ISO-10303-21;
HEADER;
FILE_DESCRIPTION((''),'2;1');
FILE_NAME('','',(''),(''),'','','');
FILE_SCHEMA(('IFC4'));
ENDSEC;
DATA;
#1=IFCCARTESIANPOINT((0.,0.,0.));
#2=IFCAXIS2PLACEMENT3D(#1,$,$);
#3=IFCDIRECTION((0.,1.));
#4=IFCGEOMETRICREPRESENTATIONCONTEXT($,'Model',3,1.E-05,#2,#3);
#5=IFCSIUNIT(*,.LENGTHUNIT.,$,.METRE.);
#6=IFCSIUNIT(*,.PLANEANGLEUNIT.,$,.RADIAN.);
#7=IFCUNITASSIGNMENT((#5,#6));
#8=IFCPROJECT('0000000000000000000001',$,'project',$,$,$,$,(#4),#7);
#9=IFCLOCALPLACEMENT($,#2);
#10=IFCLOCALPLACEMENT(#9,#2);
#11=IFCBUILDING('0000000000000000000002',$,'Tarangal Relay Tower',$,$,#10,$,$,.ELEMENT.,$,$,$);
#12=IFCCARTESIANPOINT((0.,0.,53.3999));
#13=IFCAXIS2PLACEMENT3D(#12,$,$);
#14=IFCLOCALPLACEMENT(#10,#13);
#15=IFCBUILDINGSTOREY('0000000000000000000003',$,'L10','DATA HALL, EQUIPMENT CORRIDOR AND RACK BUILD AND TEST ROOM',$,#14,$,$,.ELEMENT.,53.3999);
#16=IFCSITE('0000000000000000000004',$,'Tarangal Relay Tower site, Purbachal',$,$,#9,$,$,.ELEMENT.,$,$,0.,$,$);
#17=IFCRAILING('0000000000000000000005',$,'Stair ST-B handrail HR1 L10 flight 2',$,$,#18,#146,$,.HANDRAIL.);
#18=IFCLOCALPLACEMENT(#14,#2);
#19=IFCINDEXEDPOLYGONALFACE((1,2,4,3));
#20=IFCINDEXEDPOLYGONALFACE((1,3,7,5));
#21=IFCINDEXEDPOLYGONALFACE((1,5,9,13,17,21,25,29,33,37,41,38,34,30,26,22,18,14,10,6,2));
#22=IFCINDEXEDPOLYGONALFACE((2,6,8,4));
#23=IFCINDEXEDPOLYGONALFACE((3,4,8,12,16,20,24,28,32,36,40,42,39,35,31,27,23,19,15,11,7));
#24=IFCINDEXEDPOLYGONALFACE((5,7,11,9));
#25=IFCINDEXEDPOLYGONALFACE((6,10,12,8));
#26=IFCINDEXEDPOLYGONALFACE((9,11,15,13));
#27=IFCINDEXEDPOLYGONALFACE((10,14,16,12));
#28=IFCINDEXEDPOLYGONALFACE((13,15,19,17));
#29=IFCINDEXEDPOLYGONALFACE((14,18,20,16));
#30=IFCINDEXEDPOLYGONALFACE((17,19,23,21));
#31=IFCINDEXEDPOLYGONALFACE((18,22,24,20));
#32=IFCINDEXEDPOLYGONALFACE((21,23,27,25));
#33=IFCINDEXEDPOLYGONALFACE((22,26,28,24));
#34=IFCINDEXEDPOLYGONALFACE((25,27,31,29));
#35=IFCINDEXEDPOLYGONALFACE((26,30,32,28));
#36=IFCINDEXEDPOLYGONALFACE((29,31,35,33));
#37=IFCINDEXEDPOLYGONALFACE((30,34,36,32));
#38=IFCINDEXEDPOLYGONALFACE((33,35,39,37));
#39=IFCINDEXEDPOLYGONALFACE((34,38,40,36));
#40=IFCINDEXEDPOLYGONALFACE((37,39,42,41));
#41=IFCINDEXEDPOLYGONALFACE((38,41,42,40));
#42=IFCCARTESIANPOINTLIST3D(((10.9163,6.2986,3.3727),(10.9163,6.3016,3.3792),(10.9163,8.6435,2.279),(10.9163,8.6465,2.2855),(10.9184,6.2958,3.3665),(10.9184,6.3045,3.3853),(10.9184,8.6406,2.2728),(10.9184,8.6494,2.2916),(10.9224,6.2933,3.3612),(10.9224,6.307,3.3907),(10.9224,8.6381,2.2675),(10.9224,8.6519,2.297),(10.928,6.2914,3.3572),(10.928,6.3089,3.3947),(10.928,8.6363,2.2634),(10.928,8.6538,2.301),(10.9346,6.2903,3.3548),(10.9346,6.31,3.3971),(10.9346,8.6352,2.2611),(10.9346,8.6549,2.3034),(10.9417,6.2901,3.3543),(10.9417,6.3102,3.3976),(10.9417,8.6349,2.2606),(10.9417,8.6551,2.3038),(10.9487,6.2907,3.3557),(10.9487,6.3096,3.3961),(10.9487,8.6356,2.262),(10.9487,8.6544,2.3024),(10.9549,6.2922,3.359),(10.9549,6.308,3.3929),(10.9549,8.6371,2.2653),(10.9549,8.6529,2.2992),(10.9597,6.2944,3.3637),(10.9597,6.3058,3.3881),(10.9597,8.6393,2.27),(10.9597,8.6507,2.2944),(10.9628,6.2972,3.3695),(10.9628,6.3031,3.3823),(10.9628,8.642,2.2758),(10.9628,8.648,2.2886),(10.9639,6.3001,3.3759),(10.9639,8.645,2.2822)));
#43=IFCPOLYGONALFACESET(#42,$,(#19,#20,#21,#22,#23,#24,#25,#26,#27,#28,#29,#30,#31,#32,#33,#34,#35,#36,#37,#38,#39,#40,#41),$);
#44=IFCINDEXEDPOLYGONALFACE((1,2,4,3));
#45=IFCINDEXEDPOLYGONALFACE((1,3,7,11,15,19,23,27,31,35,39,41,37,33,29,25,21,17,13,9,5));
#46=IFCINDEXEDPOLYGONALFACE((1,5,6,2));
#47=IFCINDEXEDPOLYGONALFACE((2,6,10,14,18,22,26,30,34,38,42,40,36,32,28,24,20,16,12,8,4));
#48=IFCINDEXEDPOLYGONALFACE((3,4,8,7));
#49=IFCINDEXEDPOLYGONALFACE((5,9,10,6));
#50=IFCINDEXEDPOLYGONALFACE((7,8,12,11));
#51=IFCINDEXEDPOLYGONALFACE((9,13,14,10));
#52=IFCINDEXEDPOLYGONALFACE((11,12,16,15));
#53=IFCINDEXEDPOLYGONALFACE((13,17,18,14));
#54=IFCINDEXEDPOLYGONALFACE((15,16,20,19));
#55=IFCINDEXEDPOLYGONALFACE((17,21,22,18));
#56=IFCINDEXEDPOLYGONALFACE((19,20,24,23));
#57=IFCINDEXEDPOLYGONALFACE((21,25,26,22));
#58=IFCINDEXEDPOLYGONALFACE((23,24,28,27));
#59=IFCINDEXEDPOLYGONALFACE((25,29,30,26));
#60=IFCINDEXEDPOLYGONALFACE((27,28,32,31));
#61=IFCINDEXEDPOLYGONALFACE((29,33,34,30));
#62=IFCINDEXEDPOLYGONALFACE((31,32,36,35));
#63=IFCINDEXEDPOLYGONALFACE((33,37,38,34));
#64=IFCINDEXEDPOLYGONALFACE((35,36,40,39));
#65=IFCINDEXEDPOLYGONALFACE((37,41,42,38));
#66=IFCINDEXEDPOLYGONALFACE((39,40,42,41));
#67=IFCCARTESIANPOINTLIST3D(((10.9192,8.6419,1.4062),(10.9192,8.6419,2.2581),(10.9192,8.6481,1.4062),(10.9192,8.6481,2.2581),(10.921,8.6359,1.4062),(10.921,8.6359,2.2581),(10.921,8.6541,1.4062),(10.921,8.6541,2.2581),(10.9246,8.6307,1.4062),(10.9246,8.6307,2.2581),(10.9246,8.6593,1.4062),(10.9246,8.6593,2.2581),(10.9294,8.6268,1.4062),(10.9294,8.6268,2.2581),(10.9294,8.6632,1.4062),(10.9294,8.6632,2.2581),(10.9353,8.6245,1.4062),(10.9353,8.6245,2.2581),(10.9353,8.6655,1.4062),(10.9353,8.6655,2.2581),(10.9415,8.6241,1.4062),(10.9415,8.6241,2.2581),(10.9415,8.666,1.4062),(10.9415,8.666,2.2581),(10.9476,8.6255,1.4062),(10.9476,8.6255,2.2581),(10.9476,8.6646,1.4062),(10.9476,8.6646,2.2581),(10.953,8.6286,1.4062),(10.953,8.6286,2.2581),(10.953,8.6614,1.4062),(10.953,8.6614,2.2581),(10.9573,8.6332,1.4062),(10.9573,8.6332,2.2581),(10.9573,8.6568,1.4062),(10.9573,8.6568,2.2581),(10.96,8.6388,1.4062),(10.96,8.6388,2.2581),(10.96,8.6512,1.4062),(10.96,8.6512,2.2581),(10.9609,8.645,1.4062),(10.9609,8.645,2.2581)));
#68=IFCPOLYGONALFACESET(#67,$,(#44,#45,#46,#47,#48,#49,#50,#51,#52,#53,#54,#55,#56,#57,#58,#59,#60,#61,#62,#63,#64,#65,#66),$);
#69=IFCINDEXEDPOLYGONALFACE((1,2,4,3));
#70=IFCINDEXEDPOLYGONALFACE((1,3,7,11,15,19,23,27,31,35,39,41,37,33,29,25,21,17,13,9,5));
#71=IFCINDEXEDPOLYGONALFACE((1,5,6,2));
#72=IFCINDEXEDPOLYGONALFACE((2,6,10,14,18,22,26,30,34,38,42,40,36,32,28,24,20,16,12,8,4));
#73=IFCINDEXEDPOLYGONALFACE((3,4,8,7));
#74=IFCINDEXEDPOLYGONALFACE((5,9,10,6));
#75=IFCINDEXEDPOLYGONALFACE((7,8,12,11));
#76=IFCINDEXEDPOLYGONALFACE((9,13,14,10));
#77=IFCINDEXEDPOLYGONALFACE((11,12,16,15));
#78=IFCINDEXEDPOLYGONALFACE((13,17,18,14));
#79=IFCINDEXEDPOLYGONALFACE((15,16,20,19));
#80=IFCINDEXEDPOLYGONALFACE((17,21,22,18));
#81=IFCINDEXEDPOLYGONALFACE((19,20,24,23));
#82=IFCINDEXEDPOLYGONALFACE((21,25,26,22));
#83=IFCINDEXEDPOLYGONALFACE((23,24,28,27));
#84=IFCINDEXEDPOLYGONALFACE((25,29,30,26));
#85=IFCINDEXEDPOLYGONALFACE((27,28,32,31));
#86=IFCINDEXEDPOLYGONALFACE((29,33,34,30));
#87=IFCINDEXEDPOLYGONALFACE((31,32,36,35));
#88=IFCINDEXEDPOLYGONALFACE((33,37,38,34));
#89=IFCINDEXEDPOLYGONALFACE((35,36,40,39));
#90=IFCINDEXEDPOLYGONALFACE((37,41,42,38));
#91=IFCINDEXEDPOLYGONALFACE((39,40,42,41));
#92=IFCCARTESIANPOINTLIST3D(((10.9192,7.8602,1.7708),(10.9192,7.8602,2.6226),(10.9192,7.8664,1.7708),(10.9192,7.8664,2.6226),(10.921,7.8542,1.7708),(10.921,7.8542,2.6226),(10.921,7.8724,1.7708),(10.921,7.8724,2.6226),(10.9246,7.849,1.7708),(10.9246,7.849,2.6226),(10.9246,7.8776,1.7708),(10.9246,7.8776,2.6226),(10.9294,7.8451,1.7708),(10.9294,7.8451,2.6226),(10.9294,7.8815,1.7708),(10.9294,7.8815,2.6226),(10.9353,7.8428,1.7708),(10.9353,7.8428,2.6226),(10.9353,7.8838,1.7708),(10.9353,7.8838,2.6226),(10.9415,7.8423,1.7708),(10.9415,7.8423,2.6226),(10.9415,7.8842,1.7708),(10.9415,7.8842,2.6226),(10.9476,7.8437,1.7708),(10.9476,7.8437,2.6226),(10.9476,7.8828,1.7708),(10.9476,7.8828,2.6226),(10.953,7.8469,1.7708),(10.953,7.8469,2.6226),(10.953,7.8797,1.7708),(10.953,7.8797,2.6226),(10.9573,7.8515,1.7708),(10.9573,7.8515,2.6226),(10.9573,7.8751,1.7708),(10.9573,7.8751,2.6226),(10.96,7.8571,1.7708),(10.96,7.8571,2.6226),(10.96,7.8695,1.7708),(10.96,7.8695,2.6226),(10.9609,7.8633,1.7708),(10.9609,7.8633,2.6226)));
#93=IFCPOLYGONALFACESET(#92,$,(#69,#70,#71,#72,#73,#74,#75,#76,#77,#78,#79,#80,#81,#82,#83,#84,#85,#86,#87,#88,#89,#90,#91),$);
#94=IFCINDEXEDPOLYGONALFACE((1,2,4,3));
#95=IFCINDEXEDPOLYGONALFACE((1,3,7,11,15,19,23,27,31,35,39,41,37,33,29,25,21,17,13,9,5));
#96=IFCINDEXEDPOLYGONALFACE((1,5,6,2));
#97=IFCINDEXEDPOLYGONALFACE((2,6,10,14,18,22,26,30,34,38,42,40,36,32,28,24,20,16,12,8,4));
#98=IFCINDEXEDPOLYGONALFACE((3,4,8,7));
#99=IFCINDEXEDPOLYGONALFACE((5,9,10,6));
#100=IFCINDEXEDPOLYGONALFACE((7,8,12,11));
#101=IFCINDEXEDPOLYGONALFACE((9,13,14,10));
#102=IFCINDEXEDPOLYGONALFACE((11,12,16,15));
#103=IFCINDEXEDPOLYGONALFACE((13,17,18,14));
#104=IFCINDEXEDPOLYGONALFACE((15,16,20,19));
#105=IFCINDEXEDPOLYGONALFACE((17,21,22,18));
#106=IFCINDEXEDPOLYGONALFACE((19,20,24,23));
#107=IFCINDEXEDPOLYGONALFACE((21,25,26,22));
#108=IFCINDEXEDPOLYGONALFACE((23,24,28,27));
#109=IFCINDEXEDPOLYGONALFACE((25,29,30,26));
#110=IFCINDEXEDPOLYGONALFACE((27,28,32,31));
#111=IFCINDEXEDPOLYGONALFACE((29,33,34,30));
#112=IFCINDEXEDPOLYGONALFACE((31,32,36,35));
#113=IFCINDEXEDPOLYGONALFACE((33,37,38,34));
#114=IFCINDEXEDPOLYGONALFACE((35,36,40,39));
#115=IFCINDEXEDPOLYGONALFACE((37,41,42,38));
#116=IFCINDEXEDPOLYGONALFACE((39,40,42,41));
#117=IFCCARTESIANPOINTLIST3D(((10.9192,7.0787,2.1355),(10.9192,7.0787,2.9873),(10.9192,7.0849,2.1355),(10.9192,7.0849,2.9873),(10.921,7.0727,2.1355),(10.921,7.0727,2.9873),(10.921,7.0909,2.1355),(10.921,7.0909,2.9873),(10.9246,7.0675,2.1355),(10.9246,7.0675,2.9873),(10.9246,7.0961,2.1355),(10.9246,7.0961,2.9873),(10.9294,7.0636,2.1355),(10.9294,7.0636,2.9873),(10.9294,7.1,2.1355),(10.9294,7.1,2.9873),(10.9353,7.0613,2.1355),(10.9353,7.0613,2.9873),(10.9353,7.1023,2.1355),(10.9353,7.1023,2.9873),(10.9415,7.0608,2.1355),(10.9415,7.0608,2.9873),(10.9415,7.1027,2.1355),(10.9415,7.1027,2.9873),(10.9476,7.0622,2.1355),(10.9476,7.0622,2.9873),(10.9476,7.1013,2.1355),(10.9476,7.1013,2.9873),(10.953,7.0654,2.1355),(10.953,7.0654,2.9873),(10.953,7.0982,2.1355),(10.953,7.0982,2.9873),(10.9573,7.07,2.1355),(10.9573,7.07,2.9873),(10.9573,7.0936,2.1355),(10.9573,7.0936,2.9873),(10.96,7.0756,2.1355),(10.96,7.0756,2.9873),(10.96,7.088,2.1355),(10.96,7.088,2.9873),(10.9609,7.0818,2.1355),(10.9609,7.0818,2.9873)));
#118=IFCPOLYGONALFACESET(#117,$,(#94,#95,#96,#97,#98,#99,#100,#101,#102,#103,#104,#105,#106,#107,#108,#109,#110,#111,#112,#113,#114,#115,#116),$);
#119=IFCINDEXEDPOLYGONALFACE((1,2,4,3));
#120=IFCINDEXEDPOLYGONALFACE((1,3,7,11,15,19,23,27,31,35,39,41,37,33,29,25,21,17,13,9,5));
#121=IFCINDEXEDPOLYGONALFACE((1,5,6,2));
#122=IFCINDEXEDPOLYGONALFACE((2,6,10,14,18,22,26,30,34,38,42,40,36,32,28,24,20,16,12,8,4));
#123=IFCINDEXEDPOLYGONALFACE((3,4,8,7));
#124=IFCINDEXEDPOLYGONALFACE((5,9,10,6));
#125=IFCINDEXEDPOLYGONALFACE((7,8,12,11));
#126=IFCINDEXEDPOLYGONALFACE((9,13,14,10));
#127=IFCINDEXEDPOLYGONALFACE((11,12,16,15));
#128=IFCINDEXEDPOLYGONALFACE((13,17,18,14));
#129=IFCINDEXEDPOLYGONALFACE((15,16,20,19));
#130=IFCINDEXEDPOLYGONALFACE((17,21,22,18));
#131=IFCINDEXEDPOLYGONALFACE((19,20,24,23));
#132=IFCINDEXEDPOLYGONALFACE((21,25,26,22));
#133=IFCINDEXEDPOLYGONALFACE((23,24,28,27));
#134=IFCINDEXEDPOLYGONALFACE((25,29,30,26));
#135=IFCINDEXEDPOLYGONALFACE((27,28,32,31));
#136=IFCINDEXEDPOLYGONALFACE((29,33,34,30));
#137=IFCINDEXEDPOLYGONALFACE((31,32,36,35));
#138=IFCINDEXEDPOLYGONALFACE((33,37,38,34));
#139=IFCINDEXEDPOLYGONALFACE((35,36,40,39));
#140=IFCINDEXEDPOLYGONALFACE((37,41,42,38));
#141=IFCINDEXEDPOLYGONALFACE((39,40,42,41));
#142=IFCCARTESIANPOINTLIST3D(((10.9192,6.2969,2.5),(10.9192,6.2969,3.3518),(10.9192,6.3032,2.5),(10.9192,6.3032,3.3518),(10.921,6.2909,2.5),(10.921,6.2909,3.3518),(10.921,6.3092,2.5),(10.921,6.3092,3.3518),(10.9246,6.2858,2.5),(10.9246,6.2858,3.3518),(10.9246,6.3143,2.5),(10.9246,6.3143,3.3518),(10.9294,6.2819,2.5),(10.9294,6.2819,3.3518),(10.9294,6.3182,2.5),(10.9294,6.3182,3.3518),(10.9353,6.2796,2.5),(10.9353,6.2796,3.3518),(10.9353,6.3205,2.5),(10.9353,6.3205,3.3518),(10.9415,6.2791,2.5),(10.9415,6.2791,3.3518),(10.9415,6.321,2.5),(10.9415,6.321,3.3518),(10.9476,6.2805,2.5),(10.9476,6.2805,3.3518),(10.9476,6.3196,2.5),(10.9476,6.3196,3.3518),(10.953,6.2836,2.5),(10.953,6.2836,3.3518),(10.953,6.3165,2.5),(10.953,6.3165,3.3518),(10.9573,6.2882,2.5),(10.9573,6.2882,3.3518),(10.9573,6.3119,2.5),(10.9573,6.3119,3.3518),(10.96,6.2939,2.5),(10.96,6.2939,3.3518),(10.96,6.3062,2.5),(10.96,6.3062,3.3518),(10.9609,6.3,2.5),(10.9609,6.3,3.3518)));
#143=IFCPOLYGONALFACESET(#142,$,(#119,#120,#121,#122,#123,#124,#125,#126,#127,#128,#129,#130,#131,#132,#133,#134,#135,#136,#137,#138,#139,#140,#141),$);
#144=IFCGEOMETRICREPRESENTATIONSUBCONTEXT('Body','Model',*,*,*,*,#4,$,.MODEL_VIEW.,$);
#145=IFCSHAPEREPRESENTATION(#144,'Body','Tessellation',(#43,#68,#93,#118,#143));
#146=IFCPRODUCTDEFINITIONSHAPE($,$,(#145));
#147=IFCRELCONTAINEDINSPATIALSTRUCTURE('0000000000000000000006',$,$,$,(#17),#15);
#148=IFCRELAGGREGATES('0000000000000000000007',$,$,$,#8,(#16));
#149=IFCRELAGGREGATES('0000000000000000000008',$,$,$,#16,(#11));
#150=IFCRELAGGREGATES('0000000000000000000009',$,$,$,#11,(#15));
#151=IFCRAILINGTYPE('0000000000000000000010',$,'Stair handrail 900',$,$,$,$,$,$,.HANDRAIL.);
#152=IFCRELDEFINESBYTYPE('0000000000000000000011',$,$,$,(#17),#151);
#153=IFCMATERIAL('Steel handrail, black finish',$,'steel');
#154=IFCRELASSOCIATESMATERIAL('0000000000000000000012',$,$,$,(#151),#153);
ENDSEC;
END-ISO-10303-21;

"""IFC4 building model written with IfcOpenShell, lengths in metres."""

from ifc_helpers import new_model, si_unit, direction, frame, origin, origin_2d, place, context, subcontext, project, spatial, circle, extrude, material, type_object, element, save


model = new_model("IFC4")

# Units and contexts
model_context = context("Model", 3, precision=1e-05, world=origin(), true_north=direction((0.0, 1.0)))
body_context = subcontext(model_context, "Body", "Model", "MODEL_VIEW")
ifc_project = project(units=[si_unit("LENGTHUNIT", "METRE"), si_unit("PLANEANGLEUNIT", "RADIAN")], contexts=[model_context])

# Site, building, storey
site_placement = place(None, origin())
site = spatial("IfcSite", under=ifc_project, at=site_placement, Name="Tarangal Relay Tower site, Purbachal", CompositionType="ELEMENT", RefElevation=0.0)
building_placement = place(site_placement, origin())
building = spatial("IfcBuilding", under=site, at=building_placement, Name="Tarangal Relay Tower", CompositionType="ELEMENT")
storey_placement = place(building_placement, frame((0.0, 0.0, 53.3999)))
storey = spatial("IfcBuildingStorey", under=building, at=storey_placement, Name="L10", Description="DATA HALL, EQUIPMENT CORRIDOR AND RACK BUILD AND TEST ROOM", CompositionType="ELEMENT", Elevation=53.3999)

# Railing
ifc_material_1 = material(Name="Steel handrail, black finish", Category="steel")
railing_type_1 = type_object("IfcRailingType", Name="Stair handrail 900", PredefinedType="HANDRAIL", material=ifc_material_1)
for number, where, name in (
    (1, (10.9399, 8.645, 1.4062), "Stair ST-B handrail HR1 L10 flight 2"),
):
    element("IfcRailing", number, at=place(storey_placement, frame(where)), inside=storey, type_object=railing_type_1, Name=name, PredefinedType="HANDRAIL", context=body_context, shape_type="SweptSolid", body=[
        extrude(circle(Radius=0.0239, at=origin_2d()), frame((0.0, 0.0, 0.876), z_axis=(0.0, -0.906267, 0.422705), x_axis=(1.0, 0.0, 0.0)), (0.0, 0.0, 1.0), 2.5874),
        extrude(circle(Radius=0.021, at=origin_2d()), origin(), (0.0, 0.0, 1.0), 0.8518),
        extrude(circle(Radius=0.021, at=origin_2d()), frame((0.0, -0.7817, 0.3645)), (0.0, 0.0, 1.0), 0.8518),
        extrude(circle(Radius=0.021, at=origin_2d()), frame((0.0, -1.5632, 0.7292)), (0.0, 0.0, 1.0), 0.8518),
        extrude(circle(Radius=0.021, at=origin_2d()), frame((0.0, -2.345, 1.0938)), (0.0, 0.0, 1.0), 0.8518),
    ])

save(model, "model.ifc")
